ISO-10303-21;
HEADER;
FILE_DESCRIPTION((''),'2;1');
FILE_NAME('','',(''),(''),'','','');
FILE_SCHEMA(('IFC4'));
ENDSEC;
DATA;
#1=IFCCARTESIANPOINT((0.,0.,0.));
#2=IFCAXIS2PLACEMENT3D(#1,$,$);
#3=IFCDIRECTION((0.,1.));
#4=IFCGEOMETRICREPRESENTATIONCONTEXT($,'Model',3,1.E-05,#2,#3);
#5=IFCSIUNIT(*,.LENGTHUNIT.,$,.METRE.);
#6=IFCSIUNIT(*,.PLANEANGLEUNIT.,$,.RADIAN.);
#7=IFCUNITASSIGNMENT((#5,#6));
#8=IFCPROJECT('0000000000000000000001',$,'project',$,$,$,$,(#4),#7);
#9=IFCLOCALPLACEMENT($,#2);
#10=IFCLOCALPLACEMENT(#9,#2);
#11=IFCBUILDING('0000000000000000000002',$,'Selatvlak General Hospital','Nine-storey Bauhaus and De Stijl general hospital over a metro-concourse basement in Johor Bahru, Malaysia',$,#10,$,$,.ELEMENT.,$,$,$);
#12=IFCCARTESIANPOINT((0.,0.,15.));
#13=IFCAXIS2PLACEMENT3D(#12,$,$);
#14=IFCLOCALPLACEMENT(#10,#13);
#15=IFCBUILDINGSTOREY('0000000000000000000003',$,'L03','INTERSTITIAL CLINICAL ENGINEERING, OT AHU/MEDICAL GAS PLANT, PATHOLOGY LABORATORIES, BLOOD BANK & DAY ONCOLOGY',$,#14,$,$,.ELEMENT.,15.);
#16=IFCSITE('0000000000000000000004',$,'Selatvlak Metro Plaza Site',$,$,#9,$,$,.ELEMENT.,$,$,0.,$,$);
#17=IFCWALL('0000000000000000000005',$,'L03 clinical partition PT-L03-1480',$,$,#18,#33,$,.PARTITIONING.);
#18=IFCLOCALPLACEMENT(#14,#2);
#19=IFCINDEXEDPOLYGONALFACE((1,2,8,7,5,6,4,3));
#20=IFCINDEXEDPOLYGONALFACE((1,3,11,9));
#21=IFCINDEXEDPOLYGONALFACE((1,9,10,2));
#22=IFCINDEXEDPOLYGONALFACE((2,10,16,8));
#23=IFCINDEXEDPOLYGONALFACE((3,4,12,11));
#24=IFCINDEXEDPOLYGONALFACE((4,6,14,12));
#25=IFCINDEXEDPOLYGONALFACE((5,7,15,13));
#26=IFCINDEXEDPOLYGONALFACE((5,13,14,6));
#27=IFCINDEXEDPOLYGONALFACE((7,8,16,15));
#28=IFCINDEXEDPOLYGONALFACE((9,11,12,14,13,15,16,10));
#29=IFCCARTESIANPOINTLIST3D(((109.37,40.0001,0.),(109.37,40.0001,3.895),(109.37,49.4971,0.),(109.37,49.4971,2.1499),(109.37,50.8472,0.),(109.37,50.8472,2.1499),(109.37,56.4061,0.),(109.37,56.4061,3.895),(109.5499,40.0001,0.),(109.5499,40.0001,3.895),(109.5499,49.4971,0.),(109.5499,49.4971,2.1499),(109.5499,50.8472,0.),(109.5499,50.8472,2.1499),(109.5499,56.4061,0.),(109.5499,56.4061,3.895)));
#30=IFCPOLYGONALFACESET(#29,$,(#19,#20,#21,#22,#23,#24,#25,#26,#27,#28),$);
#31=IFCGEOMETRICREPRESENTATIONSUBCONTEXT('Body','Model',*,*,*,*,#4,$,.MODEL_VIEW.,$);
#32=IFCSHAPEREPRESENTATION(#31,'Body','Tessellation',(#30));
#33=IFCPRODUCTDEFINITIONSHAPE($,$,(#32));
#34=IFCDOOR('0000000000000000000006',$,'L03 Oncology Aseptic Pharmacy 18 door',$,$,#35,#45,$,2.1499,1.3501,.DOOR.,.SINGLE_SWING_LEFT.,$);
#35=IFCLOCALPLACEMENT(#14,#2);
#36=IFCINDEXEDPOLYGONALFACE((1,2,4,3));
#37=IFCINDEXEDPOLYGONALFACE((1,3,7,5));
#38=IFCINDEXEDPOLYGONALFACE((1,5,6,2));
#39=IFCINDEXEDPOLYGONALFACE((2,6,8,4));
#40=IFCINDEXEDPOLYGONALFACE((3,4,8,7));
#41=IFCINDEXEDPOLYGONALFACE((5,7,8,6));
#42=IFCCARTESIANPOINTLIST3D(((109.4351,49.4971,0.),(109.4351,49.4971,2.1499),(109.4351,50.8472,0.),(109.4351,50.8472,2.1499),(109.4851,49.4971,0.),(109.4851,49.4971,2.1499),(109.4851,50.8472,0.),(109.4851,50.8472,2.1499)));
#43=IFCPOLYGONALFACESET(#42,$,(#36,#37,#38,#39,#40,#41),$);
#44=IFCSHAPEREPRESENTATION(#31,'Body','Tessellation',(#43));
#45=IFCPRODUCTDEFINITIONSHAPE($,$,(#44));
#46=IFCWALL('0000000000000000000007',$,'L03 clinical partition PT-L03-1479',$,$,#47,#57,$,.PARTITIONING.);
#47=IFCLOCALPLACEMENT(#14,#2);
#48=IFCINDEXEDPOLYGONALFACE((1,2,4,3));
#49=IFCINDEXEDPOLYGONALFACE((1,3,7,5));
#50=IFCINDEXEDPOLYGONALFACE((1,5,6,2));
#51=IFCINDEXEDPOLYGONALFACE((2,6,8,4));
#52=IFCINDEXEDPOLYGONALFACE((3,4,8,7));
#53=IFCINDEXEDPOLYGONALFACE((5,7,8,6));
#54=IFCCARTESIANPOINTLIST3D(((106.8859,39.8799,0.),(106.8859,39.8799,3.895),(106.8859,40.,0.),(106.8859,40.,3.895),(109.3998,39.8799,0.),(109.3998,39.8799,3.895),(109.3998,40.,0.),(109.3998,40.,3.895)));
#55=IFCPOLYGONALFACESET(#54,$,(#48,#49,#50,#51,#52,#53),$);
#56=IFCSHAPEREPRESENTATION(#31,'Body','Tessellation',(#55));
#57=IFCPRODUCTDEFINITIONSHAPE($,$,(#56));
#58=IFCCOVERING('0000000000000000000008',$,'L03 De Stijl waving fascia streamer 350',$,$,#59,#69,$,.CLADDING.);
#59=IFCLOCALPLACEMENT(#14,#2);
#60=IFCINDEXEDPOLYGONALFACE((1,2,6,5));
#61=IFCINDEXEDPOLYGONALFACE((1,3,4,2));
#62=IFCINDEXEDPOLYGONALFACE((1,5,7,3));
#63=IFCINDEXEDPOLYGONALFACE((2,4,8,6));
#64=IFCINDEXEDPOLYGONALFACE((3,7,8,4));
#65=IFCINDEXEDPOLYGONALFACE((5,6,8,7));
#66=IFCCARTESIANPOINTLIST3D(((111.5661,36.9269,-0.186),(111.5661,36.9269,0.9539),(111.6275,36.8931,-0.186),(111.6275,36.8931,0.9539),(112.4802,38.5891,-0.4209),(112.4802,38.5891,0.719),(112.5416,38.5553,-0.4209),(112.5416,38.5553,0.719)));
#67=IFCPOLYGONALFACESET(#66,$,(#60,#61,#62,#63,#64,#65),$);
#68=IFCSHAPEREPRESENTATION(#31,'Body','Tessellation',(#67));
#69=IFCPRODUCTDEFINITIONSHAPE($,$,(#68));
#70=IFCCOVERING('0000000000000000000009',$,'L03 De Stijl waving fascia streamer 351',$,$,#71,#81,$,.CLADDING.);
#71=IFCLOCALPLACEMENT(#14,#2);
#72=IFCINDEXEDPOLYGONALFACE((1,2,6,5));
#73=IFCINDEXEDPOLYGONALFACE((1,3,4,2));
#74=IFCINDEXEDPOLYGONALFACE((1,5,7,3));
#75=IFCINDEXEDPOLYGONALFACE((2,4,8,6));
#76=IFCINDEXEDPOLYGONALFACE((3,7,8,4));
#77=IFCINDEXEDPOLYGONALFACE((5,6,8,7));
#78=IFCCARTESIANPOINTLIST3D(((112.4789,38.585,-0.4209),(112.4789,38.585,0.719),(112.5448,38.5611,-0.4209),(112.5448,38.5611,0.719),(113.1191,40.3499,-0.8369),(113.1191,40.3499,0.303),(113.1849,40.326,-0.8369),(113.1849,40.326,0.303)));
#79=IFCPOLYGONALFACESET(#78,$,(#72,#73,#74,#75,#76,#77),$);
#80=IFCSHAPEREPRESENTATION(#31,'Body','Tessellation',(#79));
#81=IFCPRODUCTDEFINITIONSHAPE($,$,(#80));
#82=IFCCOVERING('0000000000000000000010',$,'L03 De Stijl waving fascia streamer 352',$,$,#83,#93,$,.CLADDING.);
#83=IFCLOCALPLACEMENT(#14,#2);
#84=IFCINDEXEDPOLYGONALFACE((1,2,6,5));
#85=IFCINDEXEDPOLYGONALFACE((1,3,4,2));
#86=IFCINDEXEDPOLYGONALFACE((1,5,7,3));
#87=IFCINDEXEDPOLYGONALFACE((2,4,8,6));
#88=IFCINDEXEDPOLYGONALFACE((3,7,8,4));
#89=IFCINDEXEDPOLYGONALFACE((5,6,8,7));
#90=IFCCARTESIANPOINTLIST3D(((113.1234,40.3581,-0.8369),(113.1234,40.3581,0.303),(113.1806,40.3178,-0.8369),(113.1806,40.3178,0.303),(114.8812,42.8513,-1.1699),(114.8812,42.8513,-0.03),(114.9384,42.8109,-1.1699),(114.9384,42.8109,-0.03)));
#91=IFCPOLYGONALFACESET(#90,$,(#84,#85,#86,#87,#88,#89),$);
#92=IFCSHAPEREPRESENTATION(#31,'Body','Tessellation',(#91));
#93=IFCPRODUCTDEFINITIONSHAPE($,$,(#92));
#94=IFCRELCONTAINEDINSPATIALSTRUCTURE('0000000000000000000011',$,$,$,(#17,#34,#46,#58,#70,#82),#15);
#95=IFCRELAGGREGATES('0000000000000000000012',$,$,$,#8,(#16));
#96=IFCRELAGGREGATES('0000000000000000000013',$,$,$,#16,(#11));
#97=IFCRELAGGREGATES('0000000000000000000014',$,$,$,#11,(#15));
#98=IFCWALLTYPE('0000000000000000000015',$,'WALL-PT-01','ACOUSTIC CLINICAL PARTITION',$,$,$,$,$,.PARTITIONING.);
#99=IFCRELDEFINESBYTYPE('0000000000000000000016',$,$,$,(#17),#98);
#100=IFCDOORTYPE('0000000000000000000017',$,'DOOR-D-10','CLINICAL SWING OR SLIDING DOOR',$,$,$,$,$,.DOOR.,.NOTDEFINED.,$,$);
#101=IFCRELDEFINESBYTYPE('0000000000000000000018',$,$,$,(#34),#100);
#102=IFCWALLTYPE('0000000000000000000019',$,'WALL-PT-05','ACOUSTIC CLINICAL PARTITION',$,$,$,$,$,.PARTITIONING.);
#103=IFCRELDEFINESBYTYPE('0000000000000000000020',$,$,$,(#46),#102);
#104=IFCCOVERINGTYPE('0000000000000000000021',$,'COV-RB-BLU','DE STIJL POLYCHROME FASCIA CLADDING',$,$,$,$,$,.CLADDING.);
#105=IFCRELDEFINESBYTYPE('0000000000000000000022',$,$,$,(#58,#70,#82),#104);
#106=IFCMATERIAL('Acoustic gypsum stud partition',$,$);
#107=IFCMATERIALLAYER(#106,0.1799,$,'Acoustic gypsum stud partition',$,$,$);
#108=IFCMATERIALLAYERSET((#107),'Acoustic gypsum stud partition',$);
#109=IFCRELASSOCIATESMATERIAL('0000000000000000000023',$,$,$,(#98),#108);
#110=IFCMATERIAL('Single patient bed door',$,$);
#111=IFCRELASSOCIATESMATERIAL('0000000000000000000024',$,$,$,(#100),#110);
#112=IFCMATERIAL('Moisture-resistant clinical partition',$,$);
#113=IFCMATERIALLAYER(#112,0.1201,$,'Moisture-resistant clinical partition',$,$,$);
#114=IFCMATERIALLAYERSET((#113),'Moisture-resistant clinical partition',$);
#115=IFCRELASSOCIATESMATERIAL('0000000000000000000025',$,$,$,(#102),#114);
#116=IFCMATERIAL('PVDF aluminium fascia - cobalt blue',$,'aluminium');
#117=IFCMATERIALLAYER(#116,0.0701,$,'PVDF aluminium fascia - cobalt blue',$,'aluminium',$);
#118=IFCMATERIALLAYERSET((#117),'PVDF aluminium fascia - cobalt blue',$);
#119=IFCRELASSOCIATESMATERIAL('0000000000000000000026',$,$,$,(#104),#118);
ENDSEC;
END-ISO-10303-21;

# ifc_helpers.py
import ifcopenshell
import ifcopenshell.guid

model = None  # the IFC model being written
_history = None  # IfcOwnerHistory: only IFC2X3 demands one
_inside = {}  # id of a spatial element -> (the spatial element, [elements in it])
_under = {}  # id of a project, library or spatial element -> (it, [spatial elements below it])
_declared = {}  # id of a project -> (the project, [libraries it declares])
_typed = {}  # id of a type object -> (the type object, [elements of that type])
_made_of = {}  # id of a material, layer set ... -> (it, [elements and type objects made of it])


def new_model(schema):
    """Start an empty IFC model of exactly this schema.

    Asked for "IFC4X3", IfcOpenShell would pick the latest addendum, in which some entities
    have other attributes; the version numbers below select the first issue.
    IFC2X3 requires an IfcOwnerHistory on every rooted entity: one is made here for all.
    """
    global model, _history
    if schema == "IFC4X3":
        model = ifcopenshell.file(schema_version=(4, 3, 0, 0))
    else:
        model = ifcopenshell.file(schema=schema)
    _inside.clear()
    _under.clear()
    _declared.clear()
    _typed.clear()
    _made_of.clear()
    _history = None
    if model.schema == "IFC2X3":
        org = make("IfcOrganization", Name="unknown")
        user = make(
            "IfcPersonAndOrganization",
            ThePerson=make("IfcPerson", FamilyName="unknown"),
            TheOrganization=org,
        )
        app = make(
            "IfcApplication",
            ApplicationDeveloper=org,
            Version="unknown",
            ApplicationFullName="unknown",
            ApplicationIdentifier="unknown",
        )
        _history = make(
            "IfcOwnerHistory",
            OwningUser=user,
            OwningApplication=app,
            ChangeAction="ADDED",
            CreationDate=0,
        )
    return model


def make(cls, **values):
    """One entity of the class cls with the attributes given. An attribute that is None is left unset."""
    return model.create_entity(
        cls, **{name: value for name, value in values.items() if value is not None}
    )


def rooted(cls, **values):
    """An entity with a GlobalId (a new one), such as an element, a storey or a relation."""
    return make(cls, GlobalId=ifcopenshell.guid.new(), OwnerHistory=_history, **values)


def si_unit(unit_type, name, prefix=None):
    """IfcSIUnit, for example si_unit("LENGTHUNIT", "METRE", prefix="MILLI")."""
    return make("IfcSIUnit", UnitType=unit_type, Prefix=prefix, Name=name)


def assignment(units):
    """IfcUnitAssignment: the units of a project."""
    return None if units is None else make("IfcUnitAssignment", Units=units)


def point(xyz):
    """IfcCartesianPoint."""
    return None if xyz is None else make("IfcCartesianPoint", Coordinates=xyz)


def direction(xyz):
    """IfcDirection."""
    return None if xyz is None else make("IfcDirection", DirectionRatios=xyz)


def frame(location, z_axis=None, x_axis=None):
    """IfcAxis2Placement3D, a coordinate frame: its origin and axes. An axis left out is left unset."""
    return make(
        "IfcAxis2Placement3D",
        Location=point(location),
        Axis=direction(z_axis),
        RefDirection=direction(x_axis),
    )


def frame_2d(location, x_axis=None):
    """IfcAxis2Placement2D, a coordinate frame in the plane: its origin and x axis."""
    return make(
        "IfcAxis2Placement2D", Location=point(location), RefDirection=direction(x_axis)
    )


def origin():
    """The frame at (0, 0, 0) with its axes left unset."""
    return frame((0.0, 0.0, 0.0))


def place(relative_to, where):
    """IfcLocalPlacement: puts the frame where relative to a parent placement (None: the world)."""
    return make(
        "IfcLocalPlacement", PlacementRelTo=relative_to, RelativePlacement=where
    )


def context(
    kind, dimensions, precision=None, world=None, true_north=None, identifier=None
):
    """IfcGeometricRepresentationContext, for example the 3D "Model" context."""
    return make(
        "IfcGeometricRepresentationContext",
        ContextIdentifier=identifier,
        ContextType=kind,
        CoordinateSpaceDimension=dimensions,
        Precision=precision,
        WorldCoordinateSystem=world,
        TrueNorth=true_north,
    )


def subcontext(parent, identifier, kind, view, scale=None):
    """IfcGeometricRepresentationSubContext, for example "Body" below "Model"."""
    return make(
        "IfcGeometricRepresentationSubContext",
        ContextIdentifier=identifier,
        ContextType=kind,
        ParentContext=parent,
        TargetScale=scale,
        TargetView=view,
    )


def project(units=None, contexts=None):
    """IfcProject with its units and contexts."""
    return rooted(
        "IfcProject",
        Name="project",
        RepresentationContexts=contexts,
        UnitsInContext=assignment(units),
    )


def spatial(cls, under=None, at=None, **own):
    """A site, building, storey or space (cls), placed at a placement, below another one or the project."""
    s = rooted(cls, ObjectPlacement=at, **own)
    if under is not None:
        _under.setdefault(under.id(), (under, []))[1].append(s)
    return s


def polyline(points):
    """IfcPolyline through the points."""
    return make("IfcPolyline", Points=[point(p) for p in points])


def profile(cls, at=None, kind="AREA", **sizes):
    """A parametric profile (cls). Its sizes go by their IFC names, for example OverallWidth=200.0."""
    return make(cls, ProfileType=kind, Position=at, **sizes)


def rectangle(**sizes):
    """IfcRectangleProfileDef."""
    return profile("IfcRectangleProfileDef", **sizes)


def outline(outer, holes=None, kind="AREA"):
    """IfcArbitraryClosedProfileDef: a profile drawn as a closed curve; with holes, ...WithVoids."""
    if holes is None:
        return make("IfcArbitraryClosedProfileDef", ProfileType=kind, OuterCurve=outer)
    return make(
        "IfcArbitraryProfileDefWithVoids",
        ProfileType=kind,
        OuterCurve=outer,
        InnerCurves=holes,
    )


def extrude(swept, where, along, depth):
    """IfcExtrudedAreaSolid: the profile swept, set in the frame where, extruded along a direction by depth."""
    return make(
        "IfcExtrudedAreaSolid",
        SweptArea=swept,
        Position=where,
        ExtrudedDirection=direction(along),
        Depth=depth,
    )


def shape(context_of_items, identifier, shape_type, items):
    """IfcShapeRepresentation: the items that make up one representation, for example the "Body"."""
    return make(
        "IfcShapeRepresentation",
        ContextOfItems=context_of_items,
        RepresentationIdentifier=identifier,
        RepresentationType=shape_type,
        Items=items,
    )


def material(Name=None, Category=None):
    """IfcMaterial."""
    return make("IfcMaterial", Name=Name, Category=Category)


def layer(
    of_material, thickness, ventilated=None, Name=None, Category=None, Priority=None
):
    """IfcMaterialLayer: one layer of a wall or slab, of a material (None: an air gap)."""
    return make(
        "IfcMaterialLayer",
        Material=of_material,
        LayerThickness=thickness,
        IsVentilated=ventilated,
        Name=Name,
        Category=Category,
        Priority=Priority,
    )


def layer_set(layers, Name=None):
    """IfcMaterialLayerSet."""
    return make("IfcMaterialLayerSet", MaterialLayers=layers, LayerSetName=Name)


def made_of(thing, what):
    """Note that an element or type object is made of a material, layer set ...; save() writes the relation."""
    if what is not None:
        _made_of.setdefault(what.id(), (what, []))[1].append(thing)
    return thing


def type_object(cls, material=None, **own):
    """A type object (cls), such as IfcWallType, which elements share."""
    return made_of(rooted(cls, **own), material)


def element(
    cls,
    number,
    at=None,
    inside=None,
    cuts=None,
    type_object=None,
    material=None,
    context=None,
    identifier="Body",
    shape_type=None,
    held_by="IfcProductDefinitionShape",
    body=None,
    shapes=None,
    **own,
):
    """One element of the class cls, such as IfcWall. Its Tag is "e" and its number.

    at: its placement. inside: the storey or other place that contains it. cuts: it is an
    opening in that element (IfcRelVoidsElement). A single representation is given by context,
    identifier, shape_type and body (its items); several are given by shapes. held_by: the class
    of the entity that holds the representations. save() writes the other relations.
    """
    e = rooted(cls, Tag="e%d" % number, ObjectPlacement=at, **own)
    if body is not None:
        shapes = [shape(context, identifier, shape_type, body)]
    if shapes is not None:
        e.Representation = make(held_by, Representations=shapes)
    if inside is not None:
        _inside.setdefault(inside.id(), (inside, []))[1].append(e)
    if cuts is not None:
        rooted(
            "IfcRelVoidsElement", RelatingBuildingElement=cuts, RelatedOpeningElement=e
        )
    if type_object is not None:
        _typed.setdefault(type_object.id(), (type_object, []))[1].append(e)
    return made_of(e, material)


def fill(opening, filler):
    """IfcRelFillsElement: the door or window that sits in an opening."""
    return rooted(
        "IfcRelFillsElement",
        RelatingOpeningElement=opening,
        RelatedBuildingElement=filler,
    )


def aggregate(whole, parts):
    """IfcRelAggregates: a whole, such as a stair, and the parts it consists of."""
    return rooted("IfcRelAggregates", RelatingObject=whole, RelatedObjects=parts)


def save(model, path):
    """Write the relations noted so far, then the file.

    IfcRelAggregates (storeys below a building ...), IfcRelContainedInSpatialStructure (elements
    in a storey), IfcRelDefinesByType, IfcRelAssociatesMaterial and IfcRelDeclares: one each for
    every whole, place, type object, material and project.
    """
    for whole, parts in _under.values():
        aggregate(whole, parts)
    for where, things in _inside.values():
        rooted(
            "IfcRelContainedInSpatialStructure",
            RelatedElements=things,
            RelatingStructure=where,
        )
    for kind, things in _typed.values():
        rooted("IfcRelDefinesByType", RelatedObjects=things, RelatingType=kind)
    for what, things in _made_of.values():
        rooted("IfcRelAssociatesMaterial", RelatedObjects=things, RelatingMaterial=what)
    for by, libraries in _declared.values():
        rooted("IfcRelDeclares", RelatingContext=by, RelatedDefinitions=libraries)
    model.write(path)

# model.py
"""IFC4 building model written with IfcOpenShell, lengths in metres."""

from ifc_helpers import new_model, si_unit, direction, frame, frame_2d, origin, place, context, subcontext, project, spatial, polyline, rectangle, outline, extrude, material, layer, layer_set, type_object, element, fill, save


model = new_model("IFC4")

# Units and contexts
model_context = context("Model", 3, precision=1e-05, world=origin(), true_north=direction((0.0, 1.0)))
body_context = subcontext(model_context, "Body", "Model", "MODEL_VIEW")
ifc_project = project(units=[si_unit("LENGTHUNIT", "METRE"), si_unit("PLANEANGLEUNIT", "RADIAN")], contexts=[model_context])

# Site, building, storey
site_placement = place(None, origin())
site = spatial("IfcSite", under=ifc_project, at=site_placement, Name="Selatvlak Metro Plaza Site", CompositionType="ELEMENT", RefElevation=0.0)
building_placement = place(site_placement, origin())
building = spatial("IfcBuilding", under=site, at=building_placement, Name="Selatvlak General Hospital", Description="Nine-storey Bauhaus and De Stijl general hospital over a metro-concourse basement in Johor Bahru, Malaysia", CompositionType="ELEMENT")
storey_placement = place(building_placement, frame((0.0, 0.0, 15.0)))
storey = spatial("IfcBuildingStorey", under=building, at=storey_placement, Name="L03", Description="INTERSTITIAL CLINICAL ENGINEERING, OT AHU/MEDICAL GAS PLANT, PATHOLOGY LABORATORIES, BLOOD BANK & DAY ONCOLOGY", CompositionType="ELEMENT", Elevation=15.0)

# Shared definitions
ifc_material_1 = material(Name="Acoustic gypsum stud partition")
ifc_layer_1 = layer(ifc_material_1, 0.1799, Name="Acoustic gypsum stud partition")
ifc_layer_set_1 = layer_set([ifc_layer_1], Name="Acoustic gypsum stud partition")
wall_type_1 = type_object("IfcWallType", Name="WALL-PT-01", Description="ACOUSTIC CLINICAL PARTITION", PredefinedType="PARTITIONING", material=ifc_layer_set_1)

# Wall, opening, door
wall_1_placement = place(storey_placement, frame((109.46, 40.0, 0.0), z_axis=(0.0, 0.0, 1.0), x_axis=(0.0, 1.0, 0.0)))
wall_1 = element("IfcWall", 1, at=wall_1_placement, inside=storey, type_object=wall_type_1, Name="L03 clinical partition PT-L03-1480", PredefinedType="PARTITIONING", context=body_context, shape_type="SweptSolid", body=[
    extrude(rectangle(XDim=16.406, YDim=0.1799, at=frame_2d((8.2031, 0.0))), origin(), (0.0, 0.0, 1.0), 3.895),
])
opening_placement = place(wall_1_placement, frame((9.4971, 0.0, 0.0)))
opening = element("IfcOpeningElement", 2, at=opening_placement, cuts=wall_1, PredefinedType="OPENING", context=body_context, shape_type="SweptSolid", body=[
    extrude(rectangle(XDim=1.3501, YDim=2.1499, at=frame_2d((0.675, 1.075))), frame((0.0, 0.0999, 0.0), z_axis=(0.0, -1.0, 0.0), x_axis=(1.0, 0.0, 0.0)), (0.0, 0.0, 1.0), 0.2),
])
ifc_material_2 = material(Name="Single patient bed door")
door_type = type_object("IfcDoorType", Name="DOOR-D-10", Description="CLINICAL SWING OR SLIDING DOOR", OperationType="NOTDEFINED", PredefinedType="DOOR", material=ifc_material_2)
door_placement = place(opening_placement, origin())
door = element("IfcDoor", 3, at=door_placement, inside=storey, type_object=door_type, Name="L03 Oncology Aseptic Pharmacy 18 door", OperationType="SINGLE_SWING_LEFT", OverallHeight=2.1499, OverallWidth=1.3501, PredefinedType="DOOR", context=body_context, shape_type="SweptSolid", body=[
    extrude(rectangle(XDim=1.3501, YDim=2.1499, at=frame_2d((0.675, 1.075))), frame((0.0, 0.0249, 0.0), z_axis=(0.0, -1.0, 0.0), x_axis=(1.0, 0.0, 0.0)), (0.0, 0.0, 1.0), 0.05),
])
fill(opening, door)

# Wall
ifc_material_3 = material(Name="Moisture-resistant clinical partition")
ifc_layer_2 = layer(ifc_material_3, 0.1201, Name="Moisture-resistant clinical partition")
ifc_layer_set_2 = layer_set([ifc_layer_2], Name="Moisture-resistant clinical partition")
wall_type_2 = type_object("IfcWallType", Name="WALL-PT-05", Description="ACOUSTIC CLINICAL PARTITION", PredefinedType="PARTITIONING", material=ifc_layer_set_2)
wall_2_placement = place(storey_placement, frame((106.886, 39.9399, 0.0), z_axis=(0.0, 0.0, 1.0), x_axis=(1.0, 0.0, 0.0)))
element("IfcWall", 4, at=wall_2_placement, inside=storey, type_object=wall_type_2, Name="L03 clinical partition PT-L03-1479", PredefinedType="PARTITIONING", context=body_context, shape_type="SweptSolid", body=[
    extrude(rectangle(XDim=2.5139, YDim=0.1201, at=frame_2d((1.2568, 0.0))), origin(), (0.0, 0.0, 1.0), 3.895),
])

# Coverings
ifc_material_4 = material(Name="PVDF aluminium fascia - cobalt blue", Category="aluminium")
ifc_layer_3 = layer(ifc_material_4, 0.0701, Name="PVDF aluminium fascia - cobalt blue", Category="aluminium")
ifc_layer_set_3 = layer_set([ifc_layer_3], Name="PVDF aluminium fascia - cobalt blue")
covering_type = type_object("IfcCoveringType", Name="COV-RB-BLU", Description="DE STIJL POLYCHROME FASCIA CLADDING", PredefinedType="CLADDING", material=ifc_layer_set_3)
covering_1_placement = place(storey_placement, frame((111.5969, 36.9099, -0.186), z_axis=(0.0, 0.0, 1.0), x_axis=(0.481879, 0.876238, 0.0)))
element("IfcCovering", 5, at=covering_1_placement, inside=storey, type_object=covering_type, Name="L03 De Stijl waving fascia streamer 350", PredefinedType="CLADDING", context=body_context, shape_type="SweptSolid", body=[
    extrude(outline(polyline([(0.0, 0.0), (1.897, -0.2349), (1.897, 0.905), (0.0, 1.1399), (0.0, 0.0)])), frame((0.0, 0.0352, 0.0), z_axis=(0.0, -1.0, 0.0), x_axis=(1.0, 0.0, 0.0)), (0.0, 0.0, 1.0), 0.0701),
])
covering_2_placement = place(storey_placement, frame((112.512, 38.573, -0.4209), z_axis=(0.0, 0.0, 1.0), x_axis=(0.34097, 0.940074, 0.0)))
element("IfcCovering", 6, at=covering_2_placement, inside=storey, type_object=covering_type, Name="L03 De Stijl waving fascia streamer 351", PredefinedType="CLADDING", context=body_context, shape_type="SweptSolid", body=[
    extrude(outline(polyline([(0.0, 0.0), (1.8774, -0.416), (1.8774, 0.7239), (0.0, 1.1399), (0.0, 0.0)])), frame((0.0, 0.0352, 0.0), z_axis=(0.0, -1.0, 0.0), x_axis=(1.0, 0.0, 0.0)), (0.0, 0.0, 1.0), 0.0701),
])
covering_3_placement = place(storey_placement, frame((113.1521, 40.3379, -0.8369), z_axis=(0.0, 0.0, 1.0), x_axis=(0.576231, 0.817287, 0.0)))
element("IfcCovering", 7, at=covering_3_placement, inside=storey, type_object=covering_type, Name="L03 De Stijl waving fascia streamer 352", PredefinedType="CLADDING", context=body_context, shape_type="SweptSolid", body=[
    extrude(outline(polyline([(0.0, 0.0), (3.0505, -0.333), (3.0505, 0.8069), (0.0, 1.1399), (0.0, 0.0)])), frame((0.0, 0.0352, 0.0), z_axis=(0.0, -1.0, 0.0), x_axis=(1.0, 0.0, 0.0)), (0.0, 0.0, 1.0), 0.0701),
])

save(model, "model.ifc")
